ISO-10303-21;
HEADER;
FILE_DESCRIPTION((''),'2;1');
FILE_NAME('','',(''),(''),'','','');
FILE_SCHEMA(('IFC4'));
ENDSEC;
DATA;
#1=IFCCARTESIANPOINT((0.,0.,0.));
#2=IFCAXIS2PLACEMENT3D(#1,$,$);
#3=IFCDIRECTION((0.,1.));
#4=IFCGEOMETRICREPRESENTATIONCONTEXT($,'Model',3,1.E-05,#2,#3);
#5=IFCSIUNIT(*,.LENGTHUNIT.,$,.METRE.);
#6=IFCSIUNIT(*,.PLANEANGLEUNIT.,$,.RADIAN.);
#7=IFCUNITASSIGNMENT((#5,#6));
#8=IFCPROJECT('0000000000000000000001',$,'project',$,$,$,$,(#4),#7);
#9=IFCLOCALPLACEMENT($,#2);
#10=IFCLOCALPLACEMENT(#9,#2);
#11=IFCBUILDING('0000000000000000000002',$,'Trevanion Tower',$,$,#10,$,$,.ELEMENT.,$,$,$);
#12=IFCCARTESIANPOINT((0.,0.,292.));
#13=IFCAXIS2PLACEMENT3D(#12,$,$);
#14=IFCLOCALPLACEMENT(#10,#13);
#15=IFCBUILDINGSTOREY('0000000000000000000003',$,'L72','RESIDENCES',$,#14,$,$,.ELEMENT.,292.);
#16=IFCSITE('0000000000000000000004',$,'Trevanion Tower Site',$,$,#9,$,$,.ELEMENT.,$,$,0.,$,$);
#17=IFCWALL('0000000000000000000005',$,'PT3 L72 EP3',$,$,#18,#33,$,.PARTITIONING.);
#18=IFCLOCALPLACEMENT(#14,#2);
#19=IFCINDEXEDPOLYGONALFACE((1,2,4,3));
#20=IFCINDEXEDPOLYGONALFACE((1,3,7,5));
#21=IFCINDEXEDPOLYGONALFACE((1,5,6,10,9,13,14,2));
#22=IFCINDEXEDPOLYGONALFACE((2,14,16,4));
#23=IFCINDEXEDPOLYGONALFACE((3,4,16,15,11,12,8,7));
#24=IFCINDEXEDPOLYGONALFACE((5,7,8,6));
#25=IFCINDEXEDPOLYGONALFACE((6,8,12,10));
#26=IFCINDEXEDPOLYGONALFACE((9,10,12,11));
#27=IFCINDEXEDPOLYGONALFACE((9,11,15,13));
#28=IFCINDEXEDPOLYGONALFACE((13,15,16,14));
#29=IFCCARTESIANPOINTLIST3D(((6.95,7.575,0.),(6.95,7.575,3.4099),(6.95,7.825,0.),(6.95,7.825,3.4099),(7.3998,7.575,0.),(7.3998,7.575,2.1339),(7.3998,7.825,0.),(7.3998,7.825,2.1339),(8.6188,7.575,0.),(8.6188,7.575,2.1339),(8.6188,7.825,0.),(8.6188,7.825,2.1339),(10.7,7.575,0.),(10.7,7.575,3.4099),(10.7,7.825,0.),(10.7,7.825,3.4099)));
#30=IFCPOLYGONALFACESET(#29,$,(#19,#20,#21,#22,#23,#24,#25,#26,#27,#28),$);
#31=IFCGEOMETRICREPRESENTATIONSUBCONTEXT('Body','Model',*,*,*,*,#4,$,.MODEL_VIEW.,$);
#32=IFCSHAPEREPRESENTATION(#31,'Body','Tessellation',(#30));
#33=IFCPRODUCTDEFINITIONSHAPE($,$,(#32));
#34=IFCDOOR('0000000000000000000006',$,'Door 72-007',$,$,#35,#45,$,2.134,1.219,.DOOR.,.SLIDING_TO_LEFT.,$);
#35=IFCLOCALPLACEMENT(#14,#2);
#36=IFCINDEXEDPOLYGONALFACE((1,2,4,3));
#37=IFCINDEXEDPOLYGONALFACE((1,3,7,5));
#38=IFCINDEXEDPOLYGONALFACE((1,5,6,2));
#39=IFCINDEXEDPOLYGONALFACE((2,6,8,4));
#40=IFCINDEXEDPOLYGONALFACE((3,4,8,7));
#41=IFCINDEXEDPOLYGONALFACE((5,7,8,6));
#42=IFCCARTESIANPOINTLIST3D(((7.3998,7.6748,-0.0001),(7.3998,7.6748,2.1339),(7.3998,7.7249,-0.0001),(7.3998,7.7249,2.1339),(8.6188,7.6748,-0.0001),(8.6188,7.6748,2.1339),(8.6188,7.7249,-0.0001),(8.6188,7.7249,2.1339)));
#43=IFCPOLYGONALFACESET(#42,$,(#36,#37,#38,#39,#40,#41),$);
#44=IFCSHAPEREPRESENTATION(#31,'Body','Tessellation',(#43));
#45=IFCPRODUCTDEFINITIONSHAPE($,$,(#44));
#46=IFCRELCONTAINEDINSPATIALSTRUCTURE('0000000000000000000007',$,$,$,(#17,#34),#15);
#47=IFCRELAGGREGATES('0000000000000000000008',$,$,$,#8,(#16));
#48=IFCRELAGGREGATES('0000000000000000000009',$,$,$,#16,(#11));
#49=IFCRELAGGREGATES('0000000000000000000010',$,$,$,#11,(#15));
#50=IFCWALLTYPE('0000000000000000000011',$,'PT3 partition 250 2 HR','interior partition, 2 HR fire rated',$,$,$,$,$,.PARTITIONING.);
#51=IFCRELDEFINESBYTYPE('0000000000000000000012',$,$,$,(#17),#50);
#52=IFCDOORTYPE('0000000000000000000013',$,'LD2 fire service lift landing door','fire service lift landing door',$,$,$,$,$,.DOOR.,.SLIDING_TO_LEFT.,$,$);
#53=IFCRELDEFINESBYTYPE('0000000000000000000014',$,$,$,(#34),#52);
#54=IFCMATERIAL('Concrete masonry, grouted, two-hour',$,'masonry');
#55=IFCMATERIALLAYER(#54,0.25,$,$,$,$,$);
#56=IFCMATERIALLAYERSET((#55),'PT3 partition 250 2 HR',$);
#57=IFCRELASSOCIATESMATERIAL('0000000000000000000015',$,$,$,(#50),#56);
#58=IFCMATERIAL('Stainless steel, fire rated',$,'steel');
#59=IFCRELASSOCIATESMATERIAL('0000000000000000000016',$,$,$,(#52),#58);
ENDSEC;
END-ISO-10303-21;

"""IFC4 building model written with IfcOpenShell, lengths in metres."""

from ifc_helpers import new_model, si_unit, direction, frame, frame_2d, origin, place, context, subcontext, project, spatial, rectangle, extrude, material, layer, layer_set, type_object, element, fill, save


model = new_model("IFC4")

# Units and contexts
model_context = context("Model", 3, precision=1e-05, world=origin(), true_north=direction((0.0, 1.0)))
body_context = subcontext(model_context, "Body", "Model", "MODEL_VIEW")
ifc_project = project(units=[si_unit("LENGTHUNIT", "METRE"), si_unit("PLANEANGLEUNIT", "RADIAN")], contexts=[model_context])

# Site, building, storey
site_placement = place(None, origin())
site = spatial("IfcSite", under=ifc_project, at=site_placement, Name="Trevanion Tower Site", CompositionType="ELEMENT", RefElevation=0.0)
building_placement = place(site_placement, origin())
building = spatial("IfcBuilding", under=site, at=building_placement, Name="Trevanion Tower", CompositionType="ELEMENT")
storey_placement = place(building_placement, frame((0.0, 0.0, 292.0)))
storey = spatial("IfcBuildingStorey", under=building, at=storey_placement, Name="L72", Description="RESIDENCES", CompositionType="ELEMENT", Elevation=292.0)

# Wall, opening, door
ifc_material_1 = material(Name="Concrete masonry, grouted, two-hour", Category="masonry")
ifc_layer_1 = layer(ifc_material_1, 0.25)
ifc_layer_set_1 = layer_set([ifc_layer_1], Name="PT3 partition 250 2 HR")
wall_type_1 = type_object("IfcWallType", Name="PT3 partition 250 2 HR", Description="interior partition, 2 HR fire rated", PredefinedType="PARTITIONING", material=ifc_layer_set_1)
wall_1_placement = place(storey_placement, frame((6.95, 7.7, 0.0), z_axis=(0.0, 0.0, 1.0), x_axis=(1.0, 0.0, 0.0)))
wall_1 = element("IfcWall", 1, at=wall_1_placement, inside=storey, type_object=wall_type_1, Name="PT3 L72 EP3", PredefinedType="PARTITIONING", context=body_context, shape_type="SweptSolid", body=[
    extrude(rectangle(XDim=3.75, YDim=0.25, at=frame_2d((1.875, 0.0))), origin(), (0.0, 0.0, 1.0), 3.4099),
])
opening_1_placement = place(wall_1_placement, frame((0.45, 0.0, 0.0)))
opening_1 = element("IfcOpeningElement", 2, at=opening_1_placement, cuts=wall_1, PredefinedType="OPENING", context=body_context, shape_type="SweptSolid", body=[
    extrude(rectangle(XDim=1.219, YDim=2.134, at=frame_2d((0.6094, 1.0669))), frame((0.0, 0.135, 0.0), z_axis=(0.0, -1.0, 0.0), x_axis=(1.0, 0.0, 0.0)), (0.0, 0.0, 1.0), 0.27),
])
ifc_material_2 = material(Name="Stainless steel, fire rated", Category="steel")
door_type_1 = type_object("IfcDoorType", Name="LD2 fire service lift landing door", Description="fire service lift landing door", OperationType="SLIDING_TO_LEFT", PredefinedType="DOOR", material=ifc_material_2)
door_1_placement = place(opening_1_placement, origin())
door_1 = element("IfcDoor", 3, at=door_1_placement, inside=storey, type_object=door_type_1, Name="Door 72-007", OperationType="SLIDING_TO_LEFT", OverallHeight=2.134, OverallWidth=1.219, PredefinedType="DOOR", context=body_context, shape_type="SweptSolid", body=[
    extrude(rectangle(XDim=1.219, YDim=2.134, at=frame_2d((0.6094, 1.0669))), frame((0.0, 0.0249, 0.0), z_axis=(0.0, -1.0, 0.0), x_axis=(1.0, 0.0, 0.0)), (0.0, 0.0, 1.0), 0.05),
])
fill(opening_1, door_1)

save(model, "model.ifc")
